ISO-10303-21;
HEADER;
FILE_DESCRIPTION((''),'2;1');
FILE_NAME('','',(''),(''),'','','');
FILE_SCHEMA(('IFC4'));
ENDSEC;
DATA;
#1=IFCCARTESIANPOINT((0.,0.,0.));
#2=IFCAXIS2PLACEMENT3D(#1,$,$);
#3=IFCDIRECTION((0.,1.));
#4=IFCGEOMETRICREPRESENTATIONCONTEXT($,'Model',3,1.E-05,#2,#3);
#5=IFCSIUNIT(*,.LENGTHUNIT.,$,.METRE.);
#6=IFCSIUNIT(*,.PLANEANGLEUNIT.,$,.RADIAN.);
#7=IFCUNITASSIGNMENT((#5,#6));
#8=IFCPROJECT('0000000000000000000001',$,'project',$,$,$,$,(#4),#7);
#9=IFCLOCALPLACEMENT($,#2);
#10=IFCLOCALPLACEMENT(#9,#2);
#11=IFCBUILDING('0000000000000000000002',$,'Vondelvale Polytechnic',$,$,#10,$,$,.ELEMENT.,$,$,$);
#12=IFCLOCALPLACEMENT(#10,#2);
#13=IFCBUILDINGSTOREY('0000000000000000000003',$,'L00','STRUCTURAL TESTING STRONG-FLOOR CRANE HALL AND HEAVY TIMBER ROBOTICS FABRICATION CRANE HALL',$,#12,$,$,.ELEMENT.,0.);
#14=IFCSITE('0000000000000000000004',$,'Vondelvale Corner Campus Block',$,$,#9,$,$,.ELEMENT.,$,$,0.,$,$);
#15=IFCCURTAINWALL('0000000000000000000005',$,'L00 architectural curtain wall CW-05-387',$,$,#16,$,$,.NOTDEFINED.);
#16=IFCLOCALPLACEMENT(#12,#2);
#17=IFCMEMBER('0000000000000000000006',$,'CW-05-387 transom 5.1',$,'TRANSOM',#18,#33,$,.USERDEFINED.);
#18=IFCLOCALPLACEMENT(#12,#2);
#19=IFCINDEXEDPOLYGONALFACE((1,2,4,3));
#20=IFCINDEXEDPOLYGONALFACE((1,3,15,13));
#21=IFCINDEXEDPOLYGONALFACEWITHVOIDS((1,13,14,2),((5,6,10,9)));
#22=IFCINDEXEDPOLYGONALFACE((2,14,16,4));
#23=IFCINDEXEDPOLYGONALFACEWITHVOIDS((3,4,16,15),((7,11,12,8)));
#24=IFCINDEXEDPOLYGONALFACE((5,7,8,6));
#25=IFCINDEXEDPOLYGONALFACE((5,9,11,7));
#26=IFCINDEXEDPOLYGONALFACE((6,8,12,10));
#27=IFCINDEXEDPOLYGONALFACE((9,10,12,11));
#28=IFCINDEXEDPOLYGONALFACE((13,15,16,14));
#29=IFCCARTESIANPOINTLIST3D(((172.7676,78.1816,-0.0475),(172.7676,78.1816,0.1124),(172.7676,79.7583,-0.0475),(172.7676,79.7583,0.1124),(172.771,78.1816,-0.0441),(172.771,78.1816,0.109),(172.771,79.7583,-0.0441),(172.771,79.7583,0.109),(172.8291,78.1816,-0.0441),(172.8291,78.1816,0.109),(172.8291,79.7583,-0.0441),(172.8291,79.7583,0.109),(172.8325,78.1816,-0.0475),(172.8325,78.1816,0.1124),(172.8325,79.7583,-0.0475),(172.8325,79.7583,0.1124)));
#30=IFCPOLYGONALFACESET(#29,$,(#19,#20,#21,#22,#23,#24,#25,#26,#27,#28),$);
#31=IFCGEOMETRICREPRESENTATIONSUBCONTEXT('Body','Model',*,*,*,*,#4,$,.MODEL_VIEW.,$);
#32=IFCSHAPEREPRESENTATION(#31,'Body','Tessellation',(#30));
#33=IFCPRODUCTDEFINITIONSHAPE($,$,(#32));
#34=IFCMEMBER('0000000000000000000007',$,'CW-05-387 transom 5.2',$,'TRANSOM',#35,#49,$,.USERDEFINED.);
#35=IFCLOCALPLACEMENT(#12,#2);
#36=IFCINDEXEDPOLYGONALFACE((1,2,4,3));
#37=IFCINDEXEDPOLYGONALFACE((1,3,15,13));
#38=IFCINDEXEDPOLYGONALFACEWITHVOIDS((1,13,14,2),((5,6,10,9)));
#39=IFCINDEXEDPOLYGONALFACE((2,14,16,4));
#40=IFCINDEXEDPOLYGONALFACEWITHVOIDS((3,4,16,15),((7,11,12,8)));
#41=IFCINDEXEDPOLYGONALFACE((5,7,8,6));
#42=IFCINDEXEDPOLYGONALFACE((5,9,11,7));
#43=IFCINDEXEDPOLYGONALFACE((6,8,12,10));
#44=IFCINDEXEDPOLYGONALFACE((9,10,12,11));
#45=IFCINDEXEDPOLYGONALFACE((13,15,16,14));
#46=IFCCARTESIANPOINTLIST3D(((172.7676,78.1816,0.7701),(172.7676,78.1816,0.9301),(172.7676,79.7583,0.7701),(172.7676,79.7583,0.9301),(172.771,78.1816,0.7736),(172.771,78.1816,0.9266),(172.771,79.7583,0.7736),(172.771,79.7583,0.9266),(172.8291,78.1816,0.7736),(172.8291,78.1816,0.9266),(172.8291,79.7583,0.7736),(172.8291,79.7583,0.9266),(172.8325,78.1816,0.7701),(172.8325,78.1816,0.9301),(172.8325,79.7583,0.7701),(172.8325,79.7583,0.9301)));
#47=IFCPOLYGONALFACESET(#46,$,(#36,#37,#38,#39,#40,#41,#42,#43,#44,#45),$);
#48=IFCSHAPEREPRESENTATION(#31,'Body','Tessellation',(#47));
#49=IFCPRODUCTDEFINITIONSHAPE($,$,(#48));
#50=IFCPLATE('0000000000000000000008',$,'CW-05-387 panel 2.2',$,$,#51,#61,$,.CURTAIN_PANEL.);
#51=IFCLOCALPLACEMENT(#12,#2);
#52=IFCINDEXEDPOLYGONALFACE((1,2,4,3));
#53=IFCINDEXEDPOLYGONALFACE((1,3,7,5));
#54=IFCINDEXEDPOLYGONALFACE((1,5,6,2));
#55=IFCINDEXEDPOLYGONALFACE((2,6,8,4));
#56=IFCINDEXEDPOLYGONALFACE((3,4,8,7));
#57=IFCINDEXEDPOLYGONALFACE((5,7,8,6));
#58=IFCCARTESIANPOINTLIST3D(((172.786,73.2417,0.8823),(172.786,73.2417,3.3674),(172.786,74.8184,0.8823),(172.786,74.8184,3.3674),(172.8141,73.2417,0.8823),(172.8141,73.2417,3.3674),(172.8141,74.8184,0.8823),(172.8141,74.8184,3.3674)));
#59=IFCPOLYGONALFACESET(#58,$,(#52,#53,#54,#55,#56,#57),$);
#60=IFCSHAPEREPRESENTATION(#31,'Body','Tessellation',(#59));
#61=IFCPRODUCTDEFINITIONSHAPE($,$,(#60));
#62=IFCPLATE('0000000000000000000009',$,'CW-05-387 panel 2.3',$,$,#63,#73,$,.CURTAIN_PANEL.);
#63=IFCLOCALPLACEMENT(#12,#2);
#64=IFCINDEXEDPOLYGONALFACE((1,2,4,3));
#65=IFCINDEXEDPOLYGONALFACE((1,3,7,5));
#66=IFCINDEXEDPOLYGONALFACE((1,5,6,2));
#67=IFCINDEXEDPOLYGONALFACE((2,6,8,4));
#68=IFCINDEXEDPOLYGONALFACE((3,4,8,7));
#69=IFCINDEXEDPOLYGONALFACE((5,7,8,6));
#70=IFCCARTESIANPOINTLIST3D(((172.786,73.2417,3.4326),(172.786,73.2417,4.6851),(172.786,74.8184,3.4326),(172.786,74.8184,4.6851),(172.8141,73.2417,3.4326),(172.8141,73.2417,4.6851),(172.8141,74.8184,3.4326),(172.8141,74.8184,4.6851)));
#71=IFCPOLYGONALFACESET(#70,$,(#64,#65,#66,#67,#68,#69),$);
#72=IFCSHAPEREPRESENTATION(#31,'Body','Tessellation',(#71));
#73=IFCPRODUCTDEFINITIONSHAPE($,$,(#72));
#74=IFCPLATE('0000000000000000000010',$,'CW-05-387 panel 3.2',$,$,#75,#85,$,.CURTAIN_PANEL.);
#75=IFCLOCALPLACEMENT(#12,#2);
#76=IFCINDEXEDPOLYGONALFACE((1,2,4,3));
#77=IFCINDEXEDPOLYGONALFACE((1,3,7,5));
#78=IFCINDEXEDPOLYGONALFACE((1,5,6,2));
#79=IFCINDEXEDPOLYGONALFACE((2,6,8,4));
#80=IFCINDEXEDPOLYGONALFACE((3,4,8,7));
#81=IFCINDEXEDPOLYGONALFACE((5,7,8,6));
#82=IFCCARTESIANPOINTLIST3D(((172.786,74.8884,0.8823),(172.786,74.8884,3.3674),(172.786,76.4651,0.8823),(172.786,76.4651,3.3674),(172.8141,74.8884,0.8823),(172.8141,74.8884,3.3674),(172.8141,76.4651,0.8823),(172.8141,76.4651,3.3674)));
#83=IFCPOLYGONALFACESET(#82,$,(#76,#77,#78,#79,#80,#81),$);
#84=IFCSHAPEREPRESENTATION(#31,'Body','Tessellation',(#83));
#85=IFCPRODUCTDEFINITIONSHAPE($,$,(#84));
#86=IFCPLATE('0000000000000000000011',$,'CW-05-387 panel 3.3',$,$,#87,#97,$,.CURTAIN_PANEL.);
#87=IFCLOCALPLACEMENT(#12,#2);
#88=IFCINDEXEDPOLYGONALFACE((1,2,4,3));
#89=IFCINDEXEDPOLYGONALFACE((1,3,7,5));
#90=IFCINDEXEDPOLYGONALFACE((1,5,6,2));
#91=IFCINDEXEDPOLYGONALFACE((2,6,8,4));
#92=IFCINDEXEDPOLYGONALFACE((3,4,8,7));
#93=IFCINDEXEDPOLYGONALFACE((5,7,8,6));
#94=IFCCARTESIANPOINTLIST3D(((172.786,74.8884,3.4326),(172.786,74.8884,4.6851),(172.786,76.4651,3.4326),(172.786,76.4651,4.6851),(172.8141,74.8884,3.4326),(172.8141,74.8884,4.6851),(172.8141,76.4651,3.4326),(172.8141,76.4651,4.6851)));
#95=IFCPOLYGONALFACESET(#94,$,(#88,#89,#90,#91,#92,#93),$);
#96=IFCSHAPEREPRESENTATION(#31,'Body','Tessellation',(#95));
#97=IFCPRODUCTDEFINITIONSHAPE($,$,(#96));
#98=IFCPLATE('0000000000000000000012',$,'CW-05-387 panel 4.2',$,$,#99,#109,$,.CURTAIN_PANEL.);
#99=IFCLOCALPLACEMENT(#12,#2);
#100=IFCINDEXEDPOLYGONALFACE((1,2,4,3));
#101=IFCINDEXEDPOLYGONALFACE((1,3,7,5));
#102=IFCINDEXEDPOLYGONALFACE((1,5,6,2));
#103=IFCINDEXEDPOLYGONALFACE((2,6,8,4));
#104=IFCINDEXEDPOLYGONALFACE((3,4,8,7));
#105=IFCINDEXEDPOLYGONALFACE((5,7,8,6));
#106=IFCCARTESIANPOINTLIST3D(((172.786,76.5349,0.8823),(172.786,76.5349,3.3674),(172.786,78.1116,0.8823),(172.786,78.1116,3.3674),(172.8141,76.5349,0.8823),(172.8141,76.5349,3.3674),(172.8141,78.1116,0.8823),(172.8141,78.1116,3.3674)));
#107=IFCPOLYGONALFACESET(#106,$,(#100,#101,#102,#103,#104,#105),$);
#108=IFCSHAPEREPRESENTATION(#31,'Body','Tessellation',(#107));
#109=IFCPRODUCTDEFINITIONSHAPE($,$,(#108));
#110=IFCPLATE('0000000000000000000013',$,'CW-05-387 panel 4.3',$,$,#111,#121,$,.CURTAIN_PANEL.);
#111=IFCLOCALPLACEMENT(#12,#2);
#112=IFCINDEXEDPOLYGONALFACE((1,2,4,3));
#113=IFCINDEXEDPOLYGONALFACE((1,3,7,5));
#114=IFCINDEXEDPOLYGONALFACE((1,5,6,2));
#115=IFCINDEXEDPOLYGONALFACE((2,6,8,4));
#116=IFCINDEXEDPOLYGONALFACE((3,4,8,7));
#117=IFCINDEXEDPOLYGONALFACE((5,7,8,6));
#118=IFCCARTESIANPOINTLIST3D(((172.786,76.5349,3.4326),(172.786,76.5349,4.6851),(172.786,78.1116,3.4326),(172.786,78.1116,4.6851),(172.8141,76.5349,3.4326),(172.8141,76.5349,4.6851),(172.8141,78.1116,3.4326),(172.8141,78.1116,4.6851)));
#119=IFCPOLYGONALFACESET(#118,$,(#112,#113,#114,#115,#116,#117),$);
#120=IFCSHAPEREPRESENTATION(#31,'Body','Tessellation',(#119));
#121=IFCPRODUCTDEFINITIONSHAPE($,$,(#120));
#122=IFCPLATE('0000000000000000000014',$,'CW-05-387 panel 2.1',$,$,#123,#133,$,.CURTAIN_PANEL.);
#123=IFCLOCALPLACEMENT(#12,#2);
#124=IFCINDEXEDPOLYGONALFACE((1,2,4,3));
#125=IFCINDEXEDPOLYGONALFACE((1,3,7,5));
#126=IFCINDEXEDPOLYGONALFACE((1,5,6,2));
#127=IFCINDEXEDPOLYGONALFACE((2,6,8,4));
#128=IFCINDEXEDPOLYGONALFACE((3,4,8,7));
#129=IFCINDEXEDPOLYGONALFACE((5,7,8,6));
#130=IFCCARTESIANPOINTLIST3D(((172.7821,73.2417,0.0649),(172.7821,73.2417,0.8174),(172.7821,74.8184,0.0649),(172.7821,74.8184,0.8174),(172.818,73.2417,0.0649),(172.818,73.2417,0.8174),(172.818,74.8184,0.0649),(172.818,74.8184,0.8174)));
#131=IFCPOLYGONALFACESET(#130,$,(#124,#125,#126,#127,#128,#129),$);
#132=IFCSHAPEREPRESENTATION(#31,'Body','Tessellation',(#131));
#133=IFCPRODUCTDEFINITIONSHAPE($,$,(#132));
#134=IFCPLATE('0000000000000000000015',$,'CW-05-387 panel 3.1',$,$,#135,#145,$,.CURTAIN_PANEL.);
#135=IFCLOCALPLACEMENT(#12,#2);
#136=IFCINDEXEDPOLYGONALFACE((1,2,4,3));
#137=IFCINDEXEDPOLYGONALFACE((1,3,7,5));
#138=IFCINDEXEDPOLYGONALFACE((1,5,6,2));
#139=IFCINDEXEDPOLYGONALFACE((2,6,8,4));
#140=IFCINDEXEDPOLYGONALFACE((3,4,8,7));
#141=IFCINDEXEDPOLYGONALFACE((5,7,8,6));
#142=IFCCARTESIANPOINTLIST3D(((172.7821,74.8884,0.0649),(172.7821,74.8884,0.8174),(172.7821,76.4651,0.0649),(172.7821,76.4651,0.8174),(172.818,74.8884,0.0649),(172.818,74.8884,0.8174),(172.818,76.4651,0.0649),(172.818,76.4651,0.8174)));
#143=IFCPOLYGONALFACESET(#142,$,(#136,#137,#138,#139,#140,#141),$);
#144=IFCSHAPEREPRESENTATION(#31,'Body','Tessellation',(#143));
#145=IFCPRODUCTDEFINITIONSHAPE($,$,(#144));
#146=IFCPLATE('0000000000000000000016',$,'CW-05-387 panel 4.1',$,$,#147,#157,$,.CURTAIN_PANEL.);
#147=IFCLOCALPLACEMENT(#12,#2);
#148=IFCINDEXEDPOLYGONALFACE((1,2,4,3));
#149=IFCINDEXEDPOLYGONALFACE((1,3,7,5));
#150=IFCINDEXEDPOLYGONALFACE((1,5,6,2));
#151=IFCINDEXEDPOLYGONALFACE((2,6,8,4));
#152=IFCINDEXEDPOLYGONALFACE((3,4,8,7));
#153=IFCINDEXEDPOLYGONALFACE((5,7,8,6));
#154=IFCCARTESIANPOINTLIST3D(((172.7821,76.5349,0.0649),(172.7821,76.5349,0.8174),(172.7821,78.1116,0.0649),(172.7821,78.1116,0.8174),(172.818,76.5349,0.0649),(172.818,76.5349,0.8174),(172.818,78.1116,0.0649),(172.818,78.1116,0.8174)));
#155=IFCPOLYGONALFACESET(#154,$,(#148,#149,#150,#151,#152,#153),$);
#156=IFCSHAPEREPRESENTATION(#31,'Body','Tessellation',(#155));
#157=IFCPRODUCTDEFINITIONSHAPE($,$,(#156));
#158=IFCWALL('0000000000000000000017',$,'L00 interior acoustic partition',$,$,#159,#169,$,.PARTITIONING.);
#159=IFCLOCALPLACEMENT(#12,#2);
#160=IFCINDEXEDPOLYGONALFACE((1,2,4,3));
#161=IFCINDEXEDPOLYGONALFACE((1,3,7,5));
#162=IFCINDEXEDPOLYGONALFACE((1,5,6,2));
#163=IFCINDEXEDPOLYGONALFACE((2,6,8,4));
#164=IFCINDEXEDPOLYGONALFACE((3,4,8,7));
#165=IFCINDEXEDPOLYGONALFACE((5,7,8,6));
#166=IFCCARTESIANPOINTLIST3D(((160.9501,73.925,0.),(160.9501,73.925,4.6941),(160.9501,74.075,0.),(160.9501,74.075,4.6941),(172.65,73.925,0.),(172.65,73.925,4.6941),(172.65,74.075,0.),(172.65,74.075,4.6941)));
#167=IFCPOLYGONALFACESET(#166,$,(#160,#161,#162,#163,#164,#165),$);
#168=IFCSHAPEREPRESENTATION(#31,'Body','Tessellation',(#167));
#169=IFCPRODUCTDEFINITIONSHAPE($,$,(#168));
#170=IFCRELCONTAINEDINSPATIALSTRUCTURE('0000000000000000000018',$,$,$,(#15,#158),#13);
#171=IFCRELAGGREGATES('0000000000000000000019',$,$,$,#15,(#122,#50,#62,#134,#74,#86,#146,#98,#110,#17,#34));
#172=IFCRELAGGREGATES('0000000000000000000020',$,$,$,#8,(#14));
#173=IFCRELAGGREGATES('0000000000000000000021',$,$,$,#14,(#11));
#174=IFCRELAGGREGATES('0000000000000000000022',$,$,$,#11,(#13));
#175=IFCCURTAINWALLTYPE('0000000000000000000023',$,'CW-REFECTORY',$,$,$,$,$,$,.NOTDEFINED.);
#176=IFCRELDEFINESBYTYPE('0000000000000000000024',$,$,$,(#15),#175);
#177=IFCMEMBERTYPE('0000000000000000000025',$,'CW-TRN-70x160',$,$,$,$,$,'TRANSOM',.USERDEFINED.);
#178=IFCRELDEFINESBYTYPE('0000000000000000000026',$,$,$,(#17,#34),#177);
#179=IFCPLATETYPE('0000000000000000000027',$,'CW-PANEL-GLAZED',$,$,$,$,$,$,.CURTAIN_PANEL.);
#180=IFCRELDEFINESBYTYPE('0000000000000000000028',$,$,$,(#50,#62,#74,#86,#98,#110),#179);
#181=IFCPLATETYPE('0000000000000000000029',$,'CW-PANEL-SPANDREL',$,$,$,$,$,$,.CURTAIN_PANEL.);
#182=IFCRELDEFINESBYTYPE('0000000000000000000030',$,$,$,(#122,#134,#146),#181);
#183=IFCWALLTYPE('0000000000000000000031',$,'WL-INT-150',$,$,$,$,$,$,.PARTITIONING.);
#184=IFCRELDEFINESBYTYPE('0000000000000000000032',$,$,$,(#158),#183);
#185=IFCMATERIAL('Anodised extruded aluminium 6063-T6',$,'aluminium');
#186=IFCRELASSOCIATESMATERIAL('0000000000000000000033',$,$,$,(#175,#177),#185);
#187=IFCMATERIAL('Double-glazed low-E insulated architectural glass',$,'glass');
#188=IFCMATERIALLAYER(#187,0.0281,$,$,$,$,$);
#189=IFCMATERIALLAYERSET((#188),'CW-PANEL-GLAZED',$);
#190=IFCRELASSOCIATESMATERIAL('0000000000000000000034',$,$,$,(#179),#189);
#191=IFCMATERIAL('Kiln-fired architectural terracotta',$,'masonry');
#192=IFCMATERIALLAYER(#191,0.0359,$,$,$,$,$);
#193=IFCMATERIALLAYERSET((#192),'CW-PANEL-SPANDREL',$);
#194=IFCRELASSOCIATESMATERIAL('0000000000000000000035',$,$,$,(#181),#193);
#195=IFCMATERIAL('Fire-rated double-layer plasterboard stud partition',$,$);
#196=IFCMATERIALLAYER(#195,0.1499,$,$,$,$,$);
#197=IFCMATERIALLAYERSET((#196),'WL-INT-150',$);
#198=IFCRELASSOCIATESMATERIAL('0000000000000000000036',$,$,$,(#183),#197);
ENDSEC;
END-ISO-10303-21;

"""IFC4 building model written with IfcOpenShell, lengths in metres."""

from ifc_helpers import new_model, si_unit, direction, frame, frame_2d, origin, origin_2d, place, context, subcontext, project, spatial, rectangle, hollow_rectangle, extrude, material, layer, layer_set, material_profile, profile_set, type_object, element, aggregate, save


model = new_model("IFC4")

# Units and contexts
model_context = context("Model", 3, precision=1e-05, world=origin(), true_north=direction((0.0, 1.0)))
body_context = subcontext(model_context, "Body", "Model", "MODEL_VIEW")
ifc_project = project(units=[si_unit("LENGTHUNIT", "METRE"), si_unit("PLANEANGLEUNIT", "RADIAN")], contexts=[model_context])

# Site, building, storey
site_placement = place(None, origin())
site = spatial("IfcSite", under=ifc_project, at=site_placement, Name="Vondelvale Corner Campus Block", CompositionType="ELEMENT", RefElevation=0.0)
building_placement = place(site_placement, origin())
building = spatial("IfcBuilding", under=site, at=building_placement, Name="Vondelvale Polytechnic", CompositionType="ELEMENT")
storey_placement = place(building_placement, origin())
storey = spatial("IfcBuildingStorey", under=building, at=storey_placement, Name="L00", Description="STRUCTURAL TESTING STRONG-FLOOR CRANE HALL AND HEAVY TIMBER ROBOTICS FABRICATION CRANE HALL", CompositionType="ELEMENT", Elevation=0.0)

# Curtain wall, members, plates
ifc_material_1 = material(Name="Anodised extruded aluminium 6063-T6", Category="aluminium")
curtain_wall_type = type_object("IfcCurtainWallType", Name="CW-REFECTORY", PredefinedType="NOTDEFINED", material=ifc_material_1)
curtain_wall_placement = place(storey_placement, origin())
curtain_wall = element("IfcCurtainWall", 1, at=curtain_wall_placement, inside=storey, type_object=curtain_wall_type, Name="L00 architectural curtain wall CW-05-387", PredefinedType="NOTDEFINED")
ifc_material_profile_1 = material_profile(ifc_material_1, hollow_rectangle(XDim=0.0649, YDim=0.1599, WallThickness=0.0034, at=origin_2d()), Name="CW-TRN-160x65")
ifc_profile_set_1 = profile_set([ifc_material_profile_1], Name="Anodised extruded aluminium 6063-T6")
member_type_1 = type_object("IfcMemberType", Name="CW-TRN-70x160", ElementType="TRANSOM", PredefinedType="USERDEFINED", material=ifc_profile_set_1)
member_1_placement = place(storey_placement, frame((172.8, 78.1816, 0.0325), z_axis=(0.0, 1.0, 0.0), x_axis=(-1.0, 0.0, 0.0)))
member_1 = element("IfcMember", 2, at=member_1_placement, type_object=member_type_1, Name="CW-05-387 transom 5.1", ObjectType="TRANSOM", PredefinedType="USERDEFINED", context=body_context, shape_type="SweptSolid", body=[
    extrude(hollow_rectangle(XDim=0.0649, YDim=0.1599, WallThickness=0.0034, at=origin_2d()), origin(), (0.0, 0.0, 1.0), 1.5767),
])
member_2_placement = place(storey_placement, frame((172.8, 78.1816, 0.8501), z_axis=(0.0, 1.0, 0.0), x_axis=(-1.0, 0.0, 0.0)))
member_2 = element("IfcMember", 3, at=member_2_placement, type_object=member_type_1, Name="CW-05-387 transom 5.2", ObjectType="TRANSOM", PredefinedType="USERDEFINED", context=body_context, shape_type="SweptSolid", body=[
    extrude(hollow_rectangle(XDim=0.0649, YDim=0.1599, WallThickness=0.0034, at=origin_2d()), origin(), (0.0, 0.0, 1.0), 1.5767),
])
ifc_material_2 = material(Name="Double-glazed low-E insulated architectural glass", Category="glass")
ifc_layer_1 = layer(ifc_material_2, 0.0281)
ifc_layer_set_1 = layer_set([ifc_layer_1], Name="CW-PANEL-GLAZED")
plate_type_1 = type_object("IfcPlateType", Name="CW-PANEL-GLAZED", PredefinedType="CURTAIN_PANEL", material=ifc_layer_set_1)
plate_1_placement = place(storey_placement, frame((172.8, 74.03, 0.8823), z_axis=(0.0, 0.0, 1.0), x_axis=(0.0, 1.0, 0.0)))
plate_1 = element("IfcPlate", 4, at=plate_1_placement, type_object=plate_type_1, Name="CW-05-387 panel 2.2", PredefinedType="CURTAIN_PANEL", context=body_context, shape_type="SweptSolid", body=[
    extrude(rectangle(XDim=1.5767, YDim=0.0281, at=origin_2d()), origin(), (0.0, 0.0, 1.0), 2.4851),
])
plate_2_placement = place(storey_placement, frame((172.8, 74.03, 3.4326), z_axis=(0.0, 0.0, 1.0), x_axis=(0.0, 1.0, 0.0)))
plate_2 = element("IfcPlate", 5, at=plate_2_placement, type_object=plate_type_1, Name="CW-05-387 panel 2.3", PredefinedType="CURTAIN_PANEL", context=body_context, shape_type="SweptSolid", body=[
    extrude(rectangle(XDim=1.5767, YDim=0.0281, at=origin_2d()), origin(), (0.0, 0.0, 1.0), 1.2524),
])
plate_3_placement = place(storey_placement, frame((172.8, 75.6768, 0.8823), z_axis=(0.0, 0.0, 1.0), x_axis=(0.0, 1.0, 0.0)))
plate_3 = element("IfcPlate", 6, at=plate_3_placement, type_object=plate_type_1, Name="CW-05-387 panel 3.2", PredefinedType="CURTAIN_PANEL", context=body_context, shape_type="SweptSolid", body=[
    extrude(rectangle(XDim=1.5767, YDim=0.0281, at=origin_2d()), origin(), (0.0, 0.0, 1.0), 2.4851),
])
plate_4_placement = place(storey_placement, frame((172.8, 75.6768, 3.4326), z_axis=(0.0, 0.0, 1.0), x_axis=(0.0, 1.0, 0.0)))
plate_4 = element("IfcPlate", 7, at=plate_4_placement, type_object=plate_type_1, Name="CW-05-387 panel 3.3", PredefinedType="CURTAIN_PANEL", context=body_context, shape_type="SweptSolid", body=[
    extrude(rectangle(XDim=1.5767, YDim=0.0281, at=origin_2d()), origin(), (0.0, 0.0, 1.0), 1.2524),
])
plate_5_placement = place(storey_placement, frame((172.8, 77.3232, 0.8823), z_axis=(0.0, 0.0, 1.0), x_axis=(0.0, 1.0, 0.0)))
plate_5 = element("IfcPlate", 8, at=plate_5_placement, type_object=plate_type_1, Name="CW-05-387 panel 4.2", PredefinedType="CURTAIN_PANEL", context=body_context, shape_type="SweptSolid", body=[
    extrude(rectangle(XDim=1.5767, YDim=0.0281, at=origin_2d()), origin(), (0.0, 0.0, 1.0), 2.4851),
])
plate_6_placement = place(storey_placement, frame((172.8, 77.3232, 3.4326), z_axis=(0.0, 0.0, 1.0), x_axis=(0.0, 1.0, 0.0)))
plate_6 = element("IfcPlate", 9, at=plate_6_placement, type_object=plate_type_1, Name="CW-05-387 panel 4.3", PredefinedType="CURTAIN_PANEL", context=body_context, shape_type="SweptSolid", body=[
    extrude(rectangle(XDim=1.5767, YDim=0.0281, at=origin_2d()), origin(), (0.0, 0.0, 1.0), 1.2524),
])
ifc_material_3 = material(Name="Kiln-fired architectural terracotta", Category="masonry")
ifc_layer_2 = layer(ifc_material_3, 0.0359)
ifc_layer_set_2 = layer_set([ifc_layer_2], Name="CW-PANEL-SPANDREL")
plate_type_2 = type_object("IfcPlateType", Name="CW-PANEL-SPANDREL", PredefinedType="CURTAIN_PANEL", material=ifc_layer_set_2)
plate_7_placement = place(storey_placement, frame((172.8, 74.03, 0.0649), z_axis=(0.0, 0.0, 1.0), x_axis=(0.0, 1.0, 0.0)))
plate_7 = element("IfcPlate", 10, at=plate_7_placement, type_object=plate_type_2, Name="CW-05-387 panel 2.1", PredefinedType="CURTAIN_PANEL", context=body_context, shape_type="SweptSolid", body=[
    extrude(rectangle(XDim=1.5767, YDim=0.0359, at=origin_2d()), origin(), (0.0, 0.0, 1.0), 0.7524),
])
plate_8_placement = place(storey_placement, frame((172.8, 75.6768, 0.0649), z_axis=(0.0, 0.0, 1.0), x_axis=(0.0, 1.0, 0.0)))
plate_8 = element("IfcPlate", 11, at=plate_8_placement, type_object=plate_type_2, Name="CW-05-387 panel 3.1", PredefinedType="CURTAIN_PANEL", context=body_context, shape_type="SweptSolid", body=[
    extrude(rectangle(XDim=1.5767, YDim=0.0359, at=origin_2d()), origin(), (0.0, 0.0, 1.0), 0.7524),
])
plate_9_placement = place(storey_placement, frame((172.8, 77.3232, 0.0649), z_axis=(0.0, 0.0, 1.0), x_axis=(0.0, 1.0, 0.0)))
plate_9 = element("IfcPlate", 12, at=plate_9_placement, type_object=plate_type_2, Name="CW-05-387 panel 4.1", PredefinedType="CURTAIN_PANEL", context=body_context, shape_type="SweptSolid", body=[
    extrude(rectangle(XDim=1.5767, YDim=0.0359, at=origin_2d()), origin(), (0.0, 0.0, 1.0), 0.7524),
])
aggregate(curtain_wall, [plate_7, plate_1, plate_2, plate_8, plate_3, plate_4, plate_9, plate_5, plate_6, member_1, member_2])

# Wall
ifc_material_4 = material(Name="Fire-rated double-layer plasterboard stud partition")
ifc_layer_3 = layer(ifc_material_4, 0.1499)
ifc_layer_set_3 = layer_set([ifc_layer_3], Name="WL-INT-150")
wall_type = type_object("IfcWallType", Name="WL-INT-150", PredefinedType="PARTITIONING", material=ifc_layer_set_3)
wall_placement = place(storey_placement, frame((160.95, 74.0, 0.0), z_axis=(0.0, 0.0, 1.0), x_axis=(1.0, 0.0, 0.0)))
element("IfcWall", 13, at=wall_placement, inside=storey, type_object=wall_type, Name="L00 interior acoustic partition", PredefinedType="PARTITIONING", context=body_context, shape_type="SweptSolid", body=[
    extrude(rectangle(XDim=11.7, YDim=0.1499, at=frame_2d((5.8501, 0.0))), origin(), (0.0, 0.0, 1.0), 4.6941),
])

save(model, "model.ifc")
